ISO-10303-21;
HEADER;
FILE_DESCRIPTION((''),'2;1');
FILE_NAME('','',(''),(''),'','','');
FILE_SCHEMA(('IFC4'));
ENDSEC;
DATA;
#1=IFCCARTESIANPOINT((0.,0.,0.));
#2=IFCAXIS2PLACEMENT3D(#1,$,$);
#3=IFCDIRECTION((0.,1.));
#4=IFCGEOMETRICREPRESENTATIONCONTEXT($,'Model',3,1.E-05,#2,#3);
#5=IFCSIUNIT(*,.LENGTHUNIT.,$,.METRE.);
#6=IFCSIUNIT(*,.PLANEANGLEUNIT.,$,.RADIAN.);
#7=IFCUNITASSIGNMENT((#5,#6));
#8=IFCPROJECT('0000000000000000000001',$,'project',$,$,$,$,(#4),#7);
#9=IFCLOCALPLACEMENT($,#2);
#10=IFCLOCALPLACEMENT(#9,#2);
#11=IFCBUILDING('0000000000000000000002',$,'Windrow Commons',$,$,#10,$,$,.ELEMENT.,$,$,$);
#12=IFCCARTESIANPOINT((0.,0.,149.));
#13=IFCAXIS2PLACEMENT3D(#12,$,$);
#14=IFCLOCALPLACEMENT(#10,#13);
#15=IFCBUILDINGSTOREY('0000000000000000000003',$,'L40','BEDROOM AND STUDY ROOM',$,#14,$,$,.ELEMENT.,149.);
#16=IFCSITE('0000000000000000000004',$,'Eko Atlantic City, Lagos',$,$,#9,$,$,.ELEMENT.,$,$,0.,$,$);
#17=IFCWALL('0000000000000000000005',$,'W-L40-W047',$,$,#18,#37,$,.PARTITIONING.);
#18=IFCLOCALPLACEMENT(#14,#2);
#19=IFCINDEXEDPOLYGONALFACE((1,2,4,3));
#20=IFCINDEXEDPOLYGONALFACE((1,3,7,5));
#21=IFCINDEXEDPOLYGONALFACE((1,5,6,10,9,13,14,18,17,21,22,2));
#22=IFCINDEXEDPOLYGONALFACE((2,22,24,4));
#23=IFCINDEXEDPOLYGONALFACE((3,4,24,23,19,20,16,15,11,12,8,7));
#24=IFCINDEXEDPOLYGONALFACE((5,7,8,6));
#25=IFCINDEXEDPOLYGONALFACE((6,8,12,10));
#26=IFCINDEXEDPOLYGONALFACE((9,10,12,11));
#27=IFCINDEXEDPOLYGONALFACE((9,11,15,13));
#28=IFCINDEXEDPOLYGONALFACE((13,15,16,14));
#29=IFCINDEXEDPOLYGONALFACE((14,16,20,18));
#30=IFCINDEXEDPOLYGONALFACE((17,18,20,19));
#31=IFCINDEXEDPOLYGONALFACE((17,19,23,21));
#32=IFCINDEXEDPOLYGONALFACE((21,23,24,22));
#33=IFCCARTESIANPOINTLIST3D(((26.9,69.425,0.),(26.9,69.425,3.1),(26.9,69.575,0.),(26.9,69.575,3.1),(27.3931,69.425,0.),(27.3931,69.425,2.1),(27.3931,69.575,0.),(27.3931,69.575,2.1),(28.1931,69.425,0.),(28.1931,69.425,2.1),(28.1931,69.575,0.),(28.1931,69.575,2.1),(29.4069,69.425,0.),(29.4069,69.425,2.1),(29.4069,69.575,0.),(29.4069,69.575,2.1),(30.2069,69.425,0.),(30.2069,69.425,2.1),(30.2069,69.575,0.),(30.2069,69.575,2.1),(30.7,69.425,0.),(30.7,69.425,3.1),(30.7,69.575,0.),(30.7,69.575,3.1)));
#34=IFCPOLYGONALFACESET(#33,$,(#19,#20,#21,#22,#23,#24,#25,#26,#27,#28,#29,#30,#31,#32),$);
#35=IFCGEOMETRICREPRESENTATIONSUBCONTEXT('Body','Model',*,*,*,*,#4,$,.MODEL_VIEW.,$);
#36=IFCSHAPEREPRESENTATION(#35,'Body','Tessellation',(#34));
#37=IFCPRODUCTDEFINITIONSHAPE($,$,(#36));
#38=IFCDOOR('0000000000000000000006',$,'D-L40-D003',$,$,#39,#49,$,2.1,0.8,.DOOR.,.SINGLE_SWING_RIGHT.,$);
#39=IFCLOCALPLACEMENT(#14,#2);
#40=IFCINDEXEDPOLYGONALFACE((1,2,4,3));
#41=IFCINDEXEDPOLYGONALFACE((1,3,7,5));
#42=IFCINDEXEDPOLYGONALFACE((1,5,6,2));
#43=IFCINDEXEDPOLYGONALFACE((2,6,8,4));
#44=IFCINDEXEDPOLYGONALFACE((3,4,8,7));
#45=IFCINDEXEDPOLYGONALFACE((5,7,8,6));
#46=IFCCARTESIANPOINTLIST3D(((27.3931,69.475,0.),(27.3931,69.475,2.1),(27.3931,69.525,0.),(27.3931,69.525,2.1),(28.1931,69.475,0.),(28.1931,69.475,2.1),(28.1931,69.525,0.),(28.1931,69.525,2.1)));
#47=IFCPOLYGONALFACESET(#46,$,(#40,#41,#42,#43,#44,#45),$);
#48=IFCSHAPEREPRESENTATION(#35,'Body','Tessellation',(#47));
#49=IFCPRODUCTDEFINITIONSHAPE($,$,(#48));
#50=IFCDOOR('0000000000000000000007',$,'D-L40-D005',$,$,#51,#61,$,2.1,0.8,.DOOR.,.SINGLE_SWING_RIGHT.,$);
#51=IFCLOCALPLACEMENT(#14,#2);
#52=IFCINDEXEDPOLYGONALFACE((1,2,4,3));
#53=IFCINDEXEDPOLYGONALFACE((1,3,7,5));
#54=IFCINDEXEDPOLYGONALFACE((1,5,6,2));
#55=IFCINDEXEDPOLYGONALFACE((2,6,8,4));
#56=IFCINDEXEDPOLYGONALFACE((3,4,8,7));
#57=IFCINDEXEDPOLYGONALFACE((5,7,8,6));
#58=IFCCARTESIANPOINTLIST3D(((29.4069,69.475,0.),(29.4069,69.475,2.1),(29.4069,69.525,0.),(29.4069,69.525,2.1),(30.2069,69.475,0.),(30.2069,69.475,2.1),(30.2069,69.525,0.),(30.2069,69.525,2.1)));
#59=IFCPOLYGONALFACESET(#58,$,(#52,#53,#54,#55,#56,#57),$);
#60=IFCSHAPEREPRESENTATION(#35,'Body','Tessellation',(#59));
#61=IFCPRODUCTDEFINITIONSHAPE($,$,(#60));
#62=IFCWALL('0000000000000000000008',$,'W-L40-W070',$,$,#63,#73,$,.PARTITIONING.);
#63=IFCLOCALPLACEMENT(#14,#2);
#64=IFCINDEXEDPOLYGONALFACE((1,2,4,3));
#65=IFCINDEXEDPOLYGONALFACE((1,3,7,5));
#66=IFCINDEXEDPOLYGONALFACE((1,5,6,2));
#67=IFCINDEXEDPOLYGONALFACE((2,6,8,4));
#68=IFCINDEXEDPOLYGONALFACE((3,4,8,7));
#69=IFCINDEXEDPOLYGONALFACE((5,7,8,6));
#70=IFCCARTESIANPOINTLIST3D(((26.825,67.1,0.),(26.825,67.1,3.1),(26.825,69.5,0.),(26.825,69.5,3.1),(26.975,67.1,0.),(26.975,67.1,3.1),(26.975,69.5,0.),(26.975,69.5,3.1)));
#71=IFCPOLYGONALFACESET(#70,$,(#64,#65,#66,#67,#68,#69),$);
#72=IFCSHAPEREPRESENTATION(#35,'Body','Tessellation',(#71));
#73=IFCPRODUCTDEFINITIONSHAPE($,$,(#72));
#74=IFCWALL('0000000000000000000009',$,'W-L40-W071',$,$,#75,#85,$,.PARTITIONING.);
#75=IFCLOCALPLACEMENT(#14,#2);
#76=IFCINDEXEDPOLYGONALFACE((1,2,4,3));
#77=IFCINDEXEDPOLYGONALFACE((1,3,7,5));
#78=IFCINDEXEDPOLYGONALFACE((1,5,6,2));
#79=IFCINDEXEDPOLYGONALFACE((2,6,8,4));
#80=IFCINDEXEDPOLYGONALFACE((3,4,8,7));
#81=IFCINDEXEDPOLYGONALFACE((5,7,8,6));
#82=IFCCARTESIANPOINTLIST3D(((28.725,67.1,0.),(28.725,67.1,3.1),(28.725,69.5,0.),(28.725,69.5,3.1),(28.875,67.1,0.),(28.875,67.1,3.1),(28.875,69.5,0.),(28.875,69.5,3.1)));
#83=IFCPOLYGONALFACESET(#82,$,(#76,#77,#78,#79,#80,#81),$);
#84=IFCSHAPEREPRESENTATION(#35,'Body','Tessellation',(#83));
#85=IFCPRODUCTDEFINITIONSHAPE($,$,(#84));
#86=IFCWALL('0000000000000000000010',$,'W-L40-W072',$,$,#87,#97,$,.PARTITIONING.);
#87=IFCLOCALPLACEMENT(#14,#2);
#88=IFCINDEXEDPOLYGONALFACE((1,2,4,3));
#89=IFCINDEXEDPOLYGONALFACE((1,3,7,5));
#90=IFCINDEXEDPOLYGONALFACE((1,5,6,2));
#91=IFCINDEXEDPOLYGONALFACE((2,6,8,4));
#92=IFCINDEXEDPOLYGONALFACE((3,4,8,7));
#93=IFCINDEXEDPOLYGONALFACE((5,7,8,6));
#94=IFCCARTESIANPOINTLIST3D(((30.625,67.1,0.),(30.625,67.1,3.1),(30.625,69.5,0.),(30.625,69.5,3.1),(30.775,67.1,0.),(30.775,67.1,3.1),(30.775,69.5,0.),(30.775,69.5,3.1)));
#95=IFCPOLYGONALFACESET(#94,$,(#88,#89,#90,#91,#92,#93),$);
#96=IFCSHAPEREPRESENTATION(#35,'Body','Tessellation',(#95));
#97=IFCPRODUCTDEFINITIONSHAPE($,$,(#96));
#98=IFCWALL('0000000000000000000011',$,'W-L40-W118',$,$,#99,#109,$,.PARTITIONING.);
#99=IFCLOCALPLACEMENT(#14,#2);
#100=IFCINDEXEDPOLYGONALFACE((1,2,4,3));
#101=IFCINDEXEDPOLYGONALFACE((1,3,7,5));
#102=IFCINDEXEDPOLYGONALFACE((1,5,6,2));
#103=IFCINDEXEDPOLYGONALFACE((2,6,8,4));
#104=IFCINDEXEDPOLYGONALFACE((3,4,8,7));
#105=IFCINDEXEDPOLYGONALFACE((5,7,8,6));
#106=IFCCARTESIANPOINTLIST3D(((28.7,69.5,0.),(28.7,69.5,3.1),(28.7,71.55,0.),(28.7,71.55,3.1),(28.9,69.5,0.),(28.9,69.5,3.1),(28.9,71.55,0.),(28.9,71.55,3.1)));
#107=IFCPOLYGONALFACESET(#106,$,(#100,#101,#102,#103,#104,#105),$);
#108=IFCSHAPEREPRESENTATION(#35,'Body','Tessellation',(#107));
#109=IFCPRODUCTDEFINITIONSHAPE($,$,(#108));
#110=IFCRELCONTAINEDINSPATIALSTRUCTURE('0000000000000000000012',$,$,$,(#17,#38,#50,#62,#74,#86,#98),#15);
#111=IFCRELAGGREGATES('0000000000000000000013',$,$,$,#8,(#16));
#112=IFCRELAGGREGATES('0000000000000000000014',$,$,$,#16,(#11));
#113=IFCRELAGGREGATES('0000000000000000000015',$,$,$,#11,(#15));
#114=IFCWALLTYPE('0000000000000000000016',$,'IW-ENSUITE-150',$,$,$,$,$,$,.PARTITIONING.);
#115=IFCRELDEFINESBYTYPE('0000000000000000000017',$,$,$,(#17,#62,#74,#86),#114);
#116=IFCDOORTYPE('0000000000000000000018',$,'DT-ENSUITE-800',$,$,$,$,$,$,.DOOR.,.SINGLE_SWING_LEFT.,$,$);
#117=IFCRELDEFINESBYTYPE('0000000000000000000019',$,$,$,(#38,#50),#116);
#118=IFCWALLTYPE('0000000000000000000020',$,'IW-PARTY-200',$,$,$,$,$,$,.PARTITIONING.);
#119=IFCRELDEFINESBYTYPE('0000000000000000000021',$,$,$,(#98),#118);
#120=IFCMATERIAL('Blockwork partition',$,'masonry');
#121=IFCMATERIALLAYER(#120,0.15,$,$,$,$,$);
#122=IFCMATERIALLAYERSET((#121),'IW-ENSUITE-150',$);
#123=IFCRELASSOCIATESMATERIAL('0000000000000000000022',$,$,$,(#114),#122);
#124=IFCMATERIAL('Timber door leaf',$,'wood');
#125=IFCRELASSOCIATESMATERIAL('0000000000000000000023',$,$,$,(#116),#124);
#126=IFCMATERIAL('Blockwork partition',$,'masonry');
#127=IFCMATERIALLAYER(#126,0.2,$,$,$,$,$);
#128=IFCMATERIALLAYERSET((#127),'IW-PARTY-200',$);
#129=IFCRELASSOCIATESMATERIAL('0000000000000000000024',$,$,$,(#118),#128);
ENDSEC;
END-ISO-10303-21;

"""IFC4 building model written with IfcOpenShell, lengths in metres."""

from ifc_helpers import new_model, si_unit, direction, frame, frame_2d, origin, place, context, subcontext, project, spatial, rectangle, extrude, material, layer, layer_set, type_object, element, fill, save


model = new_model("IFC4")

# Units and contexts
model_context = context("Model", 3, precision=1e-05, world=origin(), true_north=direction((0.0, 1.0)))
body_context = subcontext(model_context, "Body", "Model", "MODEL_VIEW")
ifc_project = project(units=[si_unit("LENGTHUNIT", "METRE"), si_unit("PLANEANGLEUNIT", "RADIAN")], contexts=[model_context])

# Site, building, storey
site_placement = place(None, origin())
site = spatial("IfcSite", under=ifc_project, at=site_placement, Name="Eko Atlantic City, Lagos", CompositionType="ELEMENT", RefElevation=0.0)
building_placement = place(site_placement, origin())
building = spatial("IfcBuilding", under=site, at=building_placement, Name="Windrow Commons", CompositionType="ELEMENT")
storey_placement = place(building_placement, frame((0.0, 0.0, 149.0)))
storey = spatial("IfcBuildingStorey", under=building, at=storey_placement, Name="L40", Description="BEDROOM AND STUDY ROOM", CompositionType="ELEMENT", Elevation=149.0)

# Wall, openings, doors
ifc_material_1 = material(Name="Blockwork partition", Category="masonry")
ifc_layer_1 = layer(ifc_material_1, 0.15)
ifc_layer_set_1 = layer_set([ifc_layer_1], Name="IW-ENSUITE-150")
wall_type_1 = type_object("IfcWallType", Name="IW-ENSUITE-150", PredefinedType="PARTITIONING", material=ifc_layer_set_1)
wall_1_placement = place(storey_placement, frame((26.9, 69.5, 0.0), z_axis=(0.0, 0.0, 1.0), x_axis=(1.0, 0.0, 0.0)))
wall_1 = element("IfcWall", 1, at=wall_1_placement, inside=storey, type_object=wall_type_1, Name="W-L40-W047", PredefinedType="PARTITIONING", context=body_context, shape_type="SweptSolid", body=[
    extrude(rectangle(XDim=3.8, YDim=0.15, at=frame_2d((1.9, 0.0))), origin(), (0.0, 0.0, 1.0), 3.1),
])
opening_1_placement = place(wall_1_placement, frame((0.4931, 0.0, 0.0)))
opening_1 = element("IfcOpeningElement", 2, at=opening_1_placement, cuts=wall_1, PredefinedType="OPENING", context=body_context, shape_type="SweptSolid", body=[
    extrude(rectangle(XDim=0.8, YDim=2.1, at=frame_2d((0.4, 1.05))), frame((0.0, 0.085, 0.0), z_axis=(0.0, -1.0, 0.0), x_axis=(1.0, 0.0, 0.0)), (0.0, 0.0, 1.0), 0.17),
])
opening_2_placement = place(wall_1_placement, frame((2.5069, 0.0, 0.0)))
opening_2 = element("IfcOpeningElement", 3, at=opening_2_placement, cuts=wall_1, PredefinedType="OPENING", context=body_context, shape_type="SweptSolid", body=[
    extrude(rectangle(XDim=0.8, YDim=2.1, at=frame_2d((0.4, 1.05))), frame((0.0, 0.085, 0.0), z_axis=(0.0, -1.0, 0.0), x_axis=(1.0, 0.0, 0.0)), (0.0, 0.0, 1.0), 0.17),
])
ifc_material_2 = material(Name="Timber door leaf", Category="wood")
door_type = type_object("IfcDoorType", Name="DT-ENSUITE-800", OperationType="SINGLE_SWING_LEFT", PredefinedType="DOOR", material=ifc_material_2)
door_1_placement = place(opening_1_placement, origin())
door_1 = element("IfcDoor", 4, at=door_1_placement, inside=storey, type_object=door_type, Name="D-L40-D003", OperationType="SINGLE_SWING_RIGHT", OverallHeight=2.1, OverallWidth=0.8, PredefinedType="DOOR", context=body_context, shape_type="SweptSolid", body=[
    extrude(rectangle(XDim=0.8, YDim=2.1, at=frame_2d((0.4, 1.05))), frame((0.0, 0.025, 0.0), z_axis=(0.0, -1.0, 0.0), x_axis=(1.0, 0.0, 0.0)), (0.0, 0.0, 1.0), 0.05),
])
fill(opening_1, door_1)
door_2_placement = place(opening_2_placement, origin())
door_2 = element("IfcDoor", 5, at=door_2_placement, inside=storey, type_object=door_type, Name="D-L40-D005", OperationType="SINGLE_SWING_RIGHT", OverallHeight=2.1, OverallWidth=0.8, PredefinedType="DOOR", context=body_context, shape_type="SweptSolid", body=[
    extrude(rectangle(XDim=0.8, YDim=2.1, at=frame_2d((0.4, 1.05))), frame((0.0, 0.025, 0.0), z_axis=(0.0, -1.0, 0.0), x_axis=(1.0, 0.0, 0.0)), (0.0, 0.0, 1.0), 0.05),
])
fill(opening_2, door_2)

# Walls
for number, where, z_axis, x_axis, name in (
    (6, (26.9, 67.1, 0.0), (0.0, 0.0, 1.0), (0.0, 1.0, 0.0), "W-L40-W070"),
    (7, (28.8, 67.1, 0.0), (0.0, 0.0, 1.0), (0.0, 1.0, 0.0), "W-L40-W071"),
    (8, (30.7, 67.1, 0.0), (0.0, 0.0, 1.0), (0.0, 1.0, 0.0), "W-L40-W072"),
):
    element("IfcWall", number, at=place(storey_placement, frame(where, z_axis=z_axis, x_axis=x_axis)), inside=storey, type_object=wall_type_1, Name=name, PredefinedType="PARTITIONING", context=body_context, shape_type="SweptSolid", body=[
        extrude(rectangle(XDim=2.4, YDim=0.15, at=frame_2d((1.2, 0.0))), origin(), (0.0, 0.0, 1.0), 3.1),
    ])
ifc_material_3 = material(Name="Blockwork partition", Category="masonry")
ifc_layer_2 = layer(ifc_material_3, 0.2)
ifc_layer_set_2 = layer_set([ifc_layer_2], Name="IW-PARTY-200")
wall_type_2 = type_object("IfcWallType", Name="IW-PARTY-200", PredefinedType="PARTITIONING", material=ifc_layer_set_2)
wall_2_placement = place(storey_placement, frame((28.8, 69.5, 0.0), z_axis=(0.0, 0.0, 1.0), x_axis=(0.0, 1.0, 0.0)))
element("IfcWall", 9, at=wall_2_placement, inside=storey, type_object=wall_type_2, Name="W-L40-W118", PredefinedType="PARTITIONING", context=body_context, shape_type="SweptSolid", body=[
    extrude(rectangle(XDim=2.05, YDim=0.2, at=frame_2d((1.025, 0.0))), origin(), (0.0, 0.0, 1.0), 3.1),
])

save(model, "model.ifc")
